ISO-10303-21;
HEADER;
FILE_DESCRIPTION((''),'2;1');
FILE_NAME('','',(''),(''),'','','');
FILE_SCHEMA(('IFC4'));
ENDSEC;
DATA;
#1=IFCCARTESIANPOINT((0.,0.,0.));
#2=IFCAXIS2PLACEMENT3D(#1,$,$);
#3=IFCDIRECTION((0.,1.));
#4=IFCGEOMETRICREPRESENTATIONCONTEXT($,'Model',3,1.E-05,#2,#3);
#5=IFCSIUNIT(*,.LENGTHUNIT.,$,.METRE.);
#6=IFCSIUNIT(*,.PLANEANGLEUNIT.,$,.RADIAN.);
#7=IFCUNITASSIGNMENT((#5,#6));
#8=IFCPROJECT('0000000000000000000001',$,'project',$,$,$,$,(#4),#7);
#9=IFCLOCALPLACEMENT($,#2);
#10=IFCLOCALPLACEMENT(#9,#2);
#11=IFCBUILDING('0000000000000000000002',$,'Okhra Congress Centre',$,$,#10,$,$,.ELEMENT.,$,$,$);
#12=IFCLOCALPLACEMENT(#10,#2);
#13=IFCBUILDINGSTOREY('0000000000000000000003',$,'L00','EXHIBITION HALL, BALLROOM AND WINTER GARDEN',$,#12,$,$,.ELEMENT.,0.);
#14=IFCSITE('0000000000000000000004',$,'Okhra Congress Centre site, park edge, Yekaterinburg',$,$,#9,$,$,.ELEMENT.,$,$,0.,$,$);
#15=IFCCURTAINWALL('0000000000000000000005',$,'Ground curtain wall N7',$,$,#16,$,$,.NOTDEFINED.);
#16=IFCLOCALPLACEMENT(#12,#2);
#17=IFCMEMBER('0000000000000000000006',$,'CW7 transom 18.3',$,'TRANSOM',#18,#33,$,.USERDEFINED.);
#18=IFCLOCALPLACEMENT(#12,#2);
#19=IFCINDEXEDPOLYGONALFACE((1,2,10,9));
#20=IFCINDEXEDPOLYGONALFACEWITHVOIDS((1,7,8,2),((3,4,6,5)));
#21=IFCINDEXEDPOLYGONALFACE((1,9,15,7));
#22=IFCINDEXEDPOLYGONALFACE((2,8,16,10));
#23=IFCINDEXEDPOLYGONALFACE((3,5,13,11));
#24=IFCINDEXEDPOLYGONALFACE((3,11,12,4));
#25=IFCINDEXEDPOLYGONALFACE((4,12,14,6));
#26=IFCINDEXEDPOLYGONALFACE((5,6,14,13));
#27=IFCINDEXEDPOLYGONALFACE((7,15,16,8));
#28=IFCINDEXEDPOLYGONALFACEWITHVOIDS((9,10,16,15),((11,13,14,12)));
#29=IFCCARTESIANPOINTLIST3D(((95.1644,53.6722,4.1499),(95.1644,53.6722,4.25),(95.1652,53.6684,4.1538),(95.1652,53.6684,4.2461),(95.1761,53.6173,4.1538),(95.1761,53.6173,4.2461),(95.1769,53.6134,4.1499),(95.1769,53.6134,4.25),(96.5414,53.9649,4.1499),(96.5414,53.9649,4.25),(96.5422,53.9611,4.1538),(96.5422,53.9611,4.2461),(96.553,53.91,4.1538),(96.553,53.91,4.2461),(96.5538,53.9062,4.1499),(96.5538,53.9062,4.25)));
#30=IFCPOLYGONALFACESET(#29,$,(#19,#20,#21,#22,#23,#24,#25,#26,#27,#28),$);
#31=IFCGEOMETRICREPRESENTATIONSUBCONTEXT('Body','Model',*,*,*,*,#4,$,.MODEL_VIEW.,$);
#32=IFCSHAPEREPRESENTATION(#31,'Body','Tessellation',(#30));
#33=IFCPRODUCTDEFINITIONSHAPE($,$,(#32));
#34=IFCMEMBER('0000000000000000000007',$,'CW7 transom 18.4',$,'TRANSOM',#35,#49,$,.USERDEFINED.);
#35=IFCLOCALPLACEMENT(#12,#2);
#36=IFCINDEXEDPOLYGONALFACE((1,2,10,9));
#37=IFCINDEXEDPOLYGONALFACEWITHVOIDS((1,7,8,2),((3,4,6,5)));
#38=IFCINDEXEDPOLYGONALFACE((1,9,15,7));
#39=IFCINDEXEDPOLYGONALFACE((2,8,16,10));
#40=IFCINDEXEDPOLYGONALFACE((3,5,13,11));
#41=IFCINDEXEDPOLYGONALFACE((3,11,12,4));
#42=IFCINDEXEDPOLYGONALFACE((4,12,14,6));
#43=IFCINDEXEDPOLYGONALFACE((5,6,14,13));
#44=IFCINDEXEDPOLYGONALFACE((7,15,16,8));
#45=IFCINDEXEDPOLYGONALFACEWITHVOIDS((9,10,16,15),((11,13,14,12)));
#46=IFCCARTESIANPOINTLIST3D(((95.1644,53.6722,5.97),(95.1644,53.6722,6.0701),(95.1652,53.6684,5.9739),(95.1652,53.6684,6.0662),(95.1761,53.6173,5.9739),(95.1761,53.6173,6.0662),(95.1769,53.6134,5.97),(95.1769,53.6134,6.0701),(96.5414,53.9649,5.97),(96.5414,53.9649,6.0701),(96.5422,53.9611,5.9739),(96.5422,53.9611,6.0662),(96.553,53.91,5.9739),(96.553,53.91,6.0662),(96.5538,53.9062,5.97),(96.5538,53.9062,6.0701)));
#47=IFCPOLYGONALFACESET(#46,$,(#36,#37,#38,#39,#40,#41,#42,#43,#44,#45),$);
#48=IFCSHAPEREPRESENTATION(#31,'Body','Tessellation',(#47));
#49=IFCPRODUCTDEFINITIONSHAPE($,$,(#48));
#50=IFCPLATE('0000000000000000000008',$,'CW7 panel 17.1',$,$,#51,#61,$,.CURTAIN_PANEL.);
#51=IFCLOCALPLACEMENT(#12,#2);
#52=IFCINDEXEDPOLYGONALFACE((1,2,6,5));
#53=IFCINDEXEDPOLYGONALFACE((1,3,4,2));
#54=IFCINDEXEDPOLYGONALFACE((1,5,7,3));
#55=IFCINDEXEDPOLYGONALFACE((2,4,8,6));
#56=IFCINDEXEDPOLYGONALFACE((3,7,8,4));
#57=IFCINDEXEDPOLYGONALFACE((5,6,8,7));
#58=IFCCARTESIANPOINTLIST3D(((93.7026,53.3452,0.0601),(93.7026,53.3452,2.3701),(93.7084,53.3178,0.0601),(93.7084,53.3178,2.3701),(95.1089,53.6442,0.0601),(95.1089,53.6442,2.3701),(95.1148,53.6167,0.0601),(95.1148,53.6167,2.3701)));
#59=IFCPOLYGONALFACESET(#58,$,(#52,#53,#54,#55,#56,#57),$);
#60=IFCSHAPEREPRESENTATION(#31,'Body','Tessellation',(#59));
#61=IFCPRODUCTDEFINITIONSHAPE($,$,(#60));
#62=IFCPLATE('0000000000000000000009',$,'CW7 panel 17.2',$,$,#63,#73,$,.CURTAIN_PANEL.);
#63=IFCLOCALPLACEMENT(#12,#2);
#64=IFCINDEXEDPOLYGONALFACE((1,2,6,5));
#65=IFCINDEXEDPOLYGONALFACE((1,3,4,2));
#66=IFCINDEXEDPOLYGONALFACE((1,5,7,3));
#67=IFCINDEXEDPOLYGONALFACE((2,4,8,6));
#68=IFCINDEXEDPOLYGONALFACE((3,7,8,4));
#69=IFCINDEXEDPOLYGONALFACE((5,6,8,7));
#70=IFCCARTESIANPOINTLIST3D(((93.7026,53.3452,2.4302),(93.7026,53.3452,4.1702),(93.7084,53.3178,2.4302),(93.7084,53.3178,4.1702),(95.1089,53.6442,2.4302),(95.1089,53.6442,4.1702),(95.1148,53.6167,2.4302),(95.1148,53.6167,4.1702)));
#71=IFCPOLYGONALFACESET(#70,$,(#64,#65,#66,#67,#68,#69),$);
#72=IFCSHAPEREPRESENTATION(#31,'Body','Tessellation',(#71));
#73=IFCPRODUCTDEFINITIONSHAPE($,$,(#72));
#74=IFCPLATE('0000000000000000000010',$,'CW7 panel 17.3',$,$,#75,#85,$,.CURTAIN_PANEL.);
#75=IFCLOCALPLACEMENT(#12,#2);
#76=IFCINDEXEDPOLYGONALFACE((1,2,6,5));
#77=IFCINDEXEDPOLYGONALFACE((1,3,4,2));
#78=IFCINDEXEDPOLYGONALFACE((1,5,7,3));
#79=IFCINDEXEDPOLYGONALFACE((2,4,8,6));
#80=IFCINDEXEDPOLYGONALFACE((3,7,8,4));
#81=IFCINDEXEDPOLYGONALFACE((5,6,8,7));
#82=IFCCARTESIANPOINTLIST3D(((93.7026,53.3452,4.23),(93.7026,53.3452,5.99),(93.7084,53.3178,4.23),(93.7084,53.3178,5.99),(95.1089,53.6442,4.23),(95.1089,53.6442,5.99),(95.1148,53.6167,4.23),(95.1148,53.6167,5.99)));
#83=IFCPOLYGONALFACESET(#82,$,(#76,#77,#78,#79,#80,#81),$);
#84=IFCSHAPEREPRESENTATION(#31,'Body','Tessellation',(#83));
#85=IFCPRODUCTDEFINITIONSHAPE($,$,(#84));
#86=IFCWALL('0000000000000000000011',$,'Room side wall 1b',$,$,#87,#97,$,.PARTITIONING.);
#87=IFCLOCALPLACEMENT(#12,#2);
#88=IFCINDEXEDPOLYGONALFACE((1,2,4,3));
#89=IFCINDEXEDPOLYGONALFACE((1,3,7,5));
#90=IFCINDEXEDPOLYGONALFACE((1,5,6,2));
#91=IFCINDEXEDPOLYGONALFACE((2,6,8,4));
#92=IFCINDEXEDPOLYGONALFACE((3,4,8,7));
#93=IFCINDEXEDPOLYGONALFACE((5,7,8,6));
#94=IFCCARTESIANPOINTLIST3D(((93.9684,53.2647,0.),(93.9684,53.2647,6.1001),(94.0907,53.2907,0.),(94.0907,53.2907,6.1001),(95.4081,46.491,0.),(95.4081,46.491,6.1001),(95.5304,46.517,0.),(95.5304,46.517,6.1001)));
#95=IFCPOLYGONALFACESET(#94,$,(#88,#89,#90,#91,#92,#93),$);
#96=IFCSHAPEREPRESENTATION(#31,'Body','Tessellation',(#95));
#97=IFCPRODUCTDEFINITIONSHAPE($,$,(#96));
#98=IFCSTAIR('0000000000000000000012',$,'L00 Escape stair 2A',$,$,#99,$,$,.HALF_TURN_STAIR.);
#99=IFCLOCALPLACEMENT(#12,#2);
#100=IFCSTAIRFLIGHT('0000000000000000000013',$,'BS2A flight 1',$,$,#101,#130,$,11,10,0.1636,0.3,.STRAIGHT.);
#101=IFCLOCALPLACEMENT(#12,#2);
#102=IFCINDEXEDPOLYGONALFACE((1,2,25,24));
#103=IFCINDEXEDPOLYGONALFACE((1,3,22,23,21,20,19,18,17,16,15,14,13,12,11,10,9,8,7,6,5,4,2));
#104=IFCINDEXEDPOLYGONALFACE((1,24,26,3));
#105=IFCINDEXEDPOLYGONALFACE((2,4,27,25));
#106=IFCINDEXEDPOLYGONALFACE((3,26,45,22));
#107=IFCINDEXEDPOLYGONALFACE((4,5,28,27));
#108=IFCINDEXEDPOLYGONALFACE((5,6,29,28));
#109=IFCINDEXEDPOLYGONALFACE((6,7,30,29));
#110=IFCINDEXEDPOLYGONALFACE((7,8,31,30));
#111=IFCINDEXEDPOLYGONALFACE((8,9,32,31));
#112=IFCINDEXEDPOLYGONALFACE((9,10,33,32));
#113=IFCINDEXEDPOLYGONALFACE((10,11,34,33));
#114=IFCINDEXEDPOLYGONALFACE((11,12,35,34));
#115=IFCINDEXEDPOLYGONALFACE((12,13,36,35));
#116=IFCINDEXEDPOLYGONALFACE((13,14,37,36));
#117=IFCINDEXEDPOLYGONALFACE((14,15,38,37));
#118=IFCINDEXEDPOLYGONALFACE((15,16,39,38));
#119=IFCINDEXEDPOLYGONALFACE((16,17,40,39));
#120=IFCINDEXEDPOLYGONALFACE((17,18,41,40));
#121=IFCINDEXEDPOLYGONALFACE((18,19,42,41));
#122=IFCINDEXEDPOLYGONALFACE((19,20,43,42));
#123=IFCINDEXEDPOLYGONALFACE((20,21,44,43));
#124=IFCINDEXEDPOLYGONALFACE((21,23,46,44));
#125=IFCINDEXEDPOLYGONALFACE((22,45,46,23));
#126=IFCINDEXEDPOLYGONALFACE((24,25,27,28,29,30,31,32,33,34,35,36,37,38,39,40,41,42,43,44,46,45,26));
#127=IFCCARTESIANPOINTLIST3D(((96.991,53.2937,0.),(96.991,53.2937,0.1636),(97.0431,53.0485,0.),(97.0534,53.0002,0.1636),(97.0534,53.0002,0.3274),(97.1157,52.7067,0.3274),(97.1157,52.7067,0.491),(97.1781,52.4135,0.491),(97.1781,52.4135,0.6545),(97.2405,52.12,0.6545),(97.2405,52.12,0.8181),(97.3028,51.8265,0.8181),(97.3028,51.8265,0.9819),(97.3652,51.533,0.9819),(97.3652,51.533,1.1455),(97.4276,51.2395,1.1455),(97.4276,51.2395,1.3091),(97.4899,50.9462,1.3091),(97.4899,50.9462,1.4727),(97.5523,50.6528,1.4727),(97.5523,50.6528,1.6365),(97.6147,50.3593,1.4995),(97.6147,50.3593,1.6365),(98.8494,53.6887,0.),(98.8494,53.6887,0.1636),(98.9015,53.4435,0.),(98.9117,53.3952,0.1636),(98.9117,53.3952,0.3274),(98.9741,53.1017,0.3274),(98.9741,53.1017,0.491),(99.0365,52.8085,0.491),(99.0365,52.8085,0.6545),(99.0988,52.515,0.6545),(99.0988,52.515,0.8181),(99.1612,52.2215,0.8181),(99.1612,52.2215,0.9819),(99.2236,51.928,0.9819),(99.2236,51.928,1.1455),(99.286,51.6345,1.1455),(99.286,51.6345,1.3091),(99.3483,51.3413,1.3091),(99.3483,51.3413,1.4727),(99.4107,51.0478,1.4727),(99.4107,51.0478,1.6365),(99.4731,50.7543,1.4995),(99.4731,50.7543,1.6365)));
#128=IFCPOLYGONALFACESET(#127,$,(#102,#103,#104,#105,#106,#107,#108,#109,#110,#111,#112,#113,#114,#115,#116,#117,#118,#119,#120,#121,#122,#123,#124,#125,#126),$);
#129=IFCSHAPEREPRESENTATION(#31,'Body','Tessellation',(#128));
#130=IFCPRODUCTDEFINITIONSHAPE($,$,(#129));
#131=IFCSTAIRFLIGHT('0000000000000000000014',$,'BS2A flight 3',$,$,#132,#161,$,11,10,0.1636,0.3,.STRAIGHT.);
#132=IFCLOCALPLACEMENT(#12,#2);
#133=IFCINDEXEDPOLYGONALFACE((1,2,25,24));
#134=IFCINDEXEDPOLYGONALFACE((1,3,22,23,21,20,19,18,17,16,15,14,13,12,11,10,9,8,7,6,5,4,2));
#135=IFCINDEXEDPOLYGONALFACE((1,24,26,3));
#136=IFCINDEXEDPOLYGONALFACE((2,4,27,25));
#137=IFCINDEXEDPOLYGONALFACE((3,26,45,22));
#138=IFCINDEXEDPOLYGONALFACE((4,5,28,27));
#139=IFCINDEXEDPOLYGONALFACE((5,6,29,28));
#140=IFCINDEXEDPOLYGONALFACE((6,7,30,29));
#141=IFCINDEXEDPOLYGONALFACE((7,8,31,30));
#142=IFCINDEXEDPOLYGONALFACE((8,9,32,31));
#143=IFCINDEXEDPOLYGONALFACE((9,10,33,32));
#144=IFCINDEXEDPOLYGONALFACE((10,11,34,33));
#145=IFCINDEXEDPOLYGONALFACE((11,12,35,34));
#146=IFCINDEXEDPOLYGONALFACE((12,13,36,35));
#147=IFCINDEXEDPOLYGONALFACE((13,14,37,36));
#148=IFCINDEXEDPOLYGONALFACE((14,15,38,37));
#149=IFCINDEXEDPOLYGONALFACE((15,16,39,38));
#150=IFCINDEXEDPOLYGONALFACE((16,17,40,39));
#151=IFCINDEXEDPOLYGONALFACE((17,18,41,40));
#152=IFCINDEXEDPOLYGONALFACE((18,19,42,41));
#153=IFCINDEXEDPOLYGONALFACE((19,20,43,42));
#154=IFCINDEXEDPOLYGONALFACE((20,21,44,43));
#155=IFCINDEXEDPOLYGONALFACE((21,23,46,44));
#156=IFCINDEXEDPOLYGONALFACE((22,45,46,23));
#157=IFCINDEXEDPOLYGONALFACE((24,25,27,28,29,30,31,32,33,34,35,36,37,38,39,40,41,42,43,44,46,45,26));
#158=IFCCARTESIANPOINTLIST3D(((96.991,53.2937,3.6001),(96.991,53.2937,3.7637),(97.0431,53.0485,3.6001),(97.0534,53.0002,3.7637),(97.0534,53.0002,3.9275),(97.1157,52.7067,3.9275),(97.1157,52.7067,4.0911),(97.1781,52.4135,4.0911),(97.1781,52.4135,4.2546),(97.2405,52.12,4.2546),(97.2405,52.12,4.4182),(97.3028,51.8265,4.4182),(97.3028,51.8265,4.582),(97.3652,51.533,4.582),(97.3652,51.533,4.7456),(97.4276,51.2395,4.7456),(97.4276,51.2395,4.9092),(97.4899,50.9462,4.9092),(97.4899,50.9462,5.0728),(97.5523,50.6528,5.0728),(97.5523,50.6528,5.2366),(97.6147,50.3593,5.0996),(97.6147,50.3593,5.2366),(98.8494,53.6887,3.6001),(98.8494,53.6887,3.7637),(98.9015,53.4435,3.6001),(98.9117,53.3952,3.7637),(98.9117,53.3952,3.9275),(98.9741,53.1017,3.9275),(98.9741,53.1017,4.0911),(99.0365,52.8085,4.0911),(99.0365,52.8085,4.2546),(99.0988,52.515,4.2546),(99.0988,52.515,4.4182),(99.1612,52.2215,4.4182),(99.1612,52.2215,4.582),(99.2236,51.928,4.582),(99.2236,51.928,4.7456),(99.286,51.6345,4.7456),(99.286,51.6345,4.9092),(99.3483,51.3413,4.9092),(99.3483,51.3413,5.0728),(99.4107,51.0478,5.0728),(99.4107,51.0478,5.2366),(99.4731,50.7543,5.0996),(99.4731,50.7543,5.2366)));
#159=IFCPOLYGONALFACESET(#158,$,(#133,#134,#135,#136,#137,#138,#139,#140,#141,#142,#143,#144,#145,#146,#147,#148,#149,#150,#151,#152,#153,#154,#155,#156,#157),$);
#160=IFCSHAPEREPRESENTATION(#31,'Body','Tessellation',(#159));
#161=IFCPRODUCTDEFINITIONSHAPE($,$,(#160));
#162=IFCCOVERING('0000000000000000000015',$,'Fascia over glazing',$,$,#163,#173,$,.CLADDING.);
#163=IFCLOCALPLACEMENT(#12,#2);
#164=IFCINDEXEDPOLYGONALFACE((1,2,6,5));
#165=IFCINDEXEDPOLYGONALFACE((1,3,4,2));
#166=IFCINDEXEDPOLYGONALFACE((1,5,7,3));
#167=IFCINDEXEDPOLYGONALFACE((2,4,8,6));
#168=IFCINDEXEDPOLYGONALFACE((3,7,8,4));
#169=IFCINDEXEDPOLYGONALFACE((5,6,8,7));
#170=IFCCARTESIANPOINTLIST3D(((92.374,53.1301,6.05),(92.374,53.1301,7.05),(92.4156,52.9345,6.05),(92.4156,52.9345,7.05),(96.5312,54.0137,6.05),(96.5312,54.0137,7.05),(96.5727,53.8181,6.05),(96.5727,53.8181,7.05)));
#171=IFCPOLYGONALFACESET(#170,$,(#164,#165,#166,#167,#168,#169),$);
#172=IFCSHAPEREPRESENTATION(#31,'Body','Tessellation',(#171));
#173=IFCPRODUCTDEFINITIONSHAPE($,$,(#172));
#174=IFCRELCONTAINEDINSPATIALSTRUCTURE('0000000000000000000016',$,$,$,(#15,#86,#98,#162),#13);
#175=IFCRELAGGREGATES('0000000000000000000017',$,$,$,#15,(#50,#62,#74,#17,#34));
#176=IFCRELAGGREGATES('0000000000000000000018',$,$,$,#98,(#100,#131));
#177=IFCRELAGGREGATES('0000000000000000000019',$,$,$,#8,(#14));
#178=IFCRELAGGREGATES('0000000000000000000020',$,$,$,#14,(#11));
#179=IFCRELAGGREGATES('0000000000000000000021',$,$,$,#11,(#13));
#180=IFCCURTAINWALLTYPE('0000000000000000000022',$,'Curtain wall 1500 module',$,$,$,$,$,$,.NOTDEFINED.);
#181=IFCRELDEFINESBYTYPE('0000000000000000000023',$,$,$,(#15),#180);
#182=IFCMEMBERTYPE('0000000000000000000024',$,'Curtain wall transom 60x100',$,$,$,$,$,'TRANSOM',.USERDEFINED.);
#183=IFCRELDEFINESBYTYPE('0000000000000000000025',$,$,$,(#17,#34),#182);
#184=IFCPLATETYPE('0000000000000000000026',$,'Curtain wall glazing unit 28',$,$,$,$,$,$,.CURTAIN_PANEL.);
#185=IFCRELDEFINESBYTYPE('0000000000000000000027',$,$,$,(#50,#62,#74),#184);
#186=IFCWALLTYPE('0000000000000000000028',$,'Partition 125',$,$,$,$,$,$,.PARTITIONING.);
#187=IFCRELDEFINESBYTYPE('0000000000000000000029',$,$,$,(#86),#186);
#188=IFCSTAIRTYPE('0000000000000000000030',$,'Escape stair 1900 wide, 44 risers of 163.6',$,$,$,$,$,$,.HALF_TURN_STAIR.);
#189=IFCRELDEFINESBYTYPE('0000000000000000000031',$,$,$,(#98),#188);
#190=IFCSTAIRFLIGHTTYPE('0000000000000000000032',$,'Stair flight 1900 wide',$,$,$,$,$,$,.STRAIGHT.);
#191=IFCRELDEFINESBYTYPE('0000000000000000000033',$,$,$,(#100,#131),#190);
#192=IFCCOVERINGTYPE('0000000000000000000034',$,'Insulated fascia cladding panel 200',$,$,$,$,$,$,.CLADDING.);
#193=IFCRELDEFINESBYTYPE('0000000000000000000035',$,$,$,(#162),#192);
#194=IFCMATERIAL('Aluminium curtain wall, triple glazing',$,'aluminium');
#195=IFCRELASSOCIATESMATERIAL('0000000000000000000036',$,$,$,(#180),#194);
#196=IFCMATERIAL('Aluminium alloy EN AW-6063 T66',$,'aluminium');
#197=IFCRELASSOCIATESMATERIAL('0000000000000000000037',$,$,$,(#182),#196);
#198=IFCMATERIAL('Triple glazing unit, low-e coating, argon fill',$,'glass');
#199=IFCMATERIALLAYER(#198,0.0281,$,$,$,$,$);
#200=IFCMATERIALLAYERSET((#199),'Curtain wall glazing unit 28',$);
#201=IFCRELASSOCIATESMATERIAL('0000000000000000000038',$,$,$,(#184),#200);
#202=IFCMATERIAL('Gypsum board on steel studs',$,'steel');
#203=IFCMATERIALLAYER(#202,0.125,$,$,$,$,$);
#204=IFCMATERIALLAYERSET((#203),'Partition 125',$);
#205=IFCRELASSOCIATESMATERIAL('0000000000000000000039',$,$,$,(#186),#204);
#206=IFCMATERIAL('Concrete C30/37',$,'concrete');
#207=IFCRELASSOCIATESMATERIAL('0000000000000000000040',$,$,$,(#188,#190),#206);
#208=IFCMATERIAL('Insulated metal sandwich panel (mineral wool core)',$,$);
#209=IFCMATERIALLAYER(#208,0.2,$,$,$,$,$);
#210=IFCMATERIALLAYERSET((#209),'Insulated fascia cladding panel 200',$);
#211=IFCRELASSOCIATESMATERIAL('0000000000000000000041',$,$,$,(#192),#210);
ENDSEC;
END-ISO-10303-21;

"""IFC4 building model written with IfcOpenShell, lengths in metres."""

from ifc_helpers import new_model, si_unit, direction, frame, frame_2d, origin, origin_2d, place, context, subcontext, project, spatial, polyline, rectangle, hollow_rectangle, outline, extrude, material, layer, layer_set, material_profile, profile_set, type_object, element, aggregate, save


model = new_model("IFC4")

# Units and contexts
model_context = context("Model", 3, precision=1e-05, world=origin(), true_north=direction((0.0, 1.0)))
body_context = subcontext(model_context, "Body", "Model", "MODEL_VIEW")
ifc_project = project(units=[si_unit("LENGTHUNIT", "METRE"), si_unit("PLANEANGLEUNIT", "RADIAN")], contexts=[model_context])

# Site, building, storey
site_placement = place(None, origin())
site = spatial("IfcSite", under=ifc_project, at=site_placement, Name="Okhra Congress Centre site, park edge, Yekaterinburg", CompositionType="ELEMENT", RefElevation=0.0)
building_placement = place(site_placement, origin())
building = spatial("IfcBuilding", under=site, at=building_placement, Name="Okhra Congress Centre", CompositionType="ELEMENT")
storey_placement = place(building_placement, origin())
storey = spatial("IfcBuildingStorey", under=building, at=storey_placement, Name="L00", Description="EXHIBITION HALL, BALLROOM AND WINTER GARDEN", CompositionType="ELEMENT", Elevation=0.0)

# Shared definitions
ifc_material_1 = material(Name="Concrete C30/37", Category="concrete")

# Curtain wall, members, plates
ifc_material_2 = material(Name="Aluminium curtain wall, triple glazing", Category="aluminium")
curtain_wall_type = type_object("IfcCurtainWallType", Name="Curtain wall 1500 module", PredefinedType="NOTDEFINED", material=ifc_material_2)
curtain_wall_placement = place(storey_placement, origin())
curtain_wall = element("IfcCurtainWall", 1, at=curtain_wall_placement, inside=storey, type_object=curtain_wall_type, Name="Ground curtain wall N7", PredefinedType="NOTDEFINED")
ifc_material_3 = material(Name="Aluminium alloy EN AW-6063 T66", Category="aluminium")
ifc_material_profile_1 = material_profile(ifc_material_3, hollow_rectangle(XDim=0.0601, YDim=0.1001, WallThickness=0.0039, at=origin_2d()), Name="RHS 60x100x4")
ifc_profile_set_1 = profile_set([ifc_material_profile_1], Name="Aluminium alloy EN AW-6063 T66")
member_type_1 = type_object("IfcMemberType", Name="Curtain wall transom 60x100", ElementType="TRANSOM", PredefinedType="USERDEFINED", material=ifc_profile_set_1)
member_1_placement = place(storey_placement, frame((95.1707, 53.6428, 4.2), z_axis=(0.978141, 0.207942, 0.0), x_axis=(-0.207942, 0.978141, 0.0)))
member_1 = element("IfcMember", 2, at=member_1_placement, type_object=member_type_1, Name="CW7 transom 18.3", ObjectType="TRANSOM", PredefinedType="USERDEFINED", context=body_context, shape_type="SweptSolid", body=[
    extrude(hollow_rectangle(XDim=0.0601, YDim=0.1001, WallThickness=0.0039, at=origin_2d()), origin(), (0.0, 0.0, 1.0), 1.4077),
])
member_2_placement = place(storey_placement, frame((95.1707, 53.6428, 6.02), z_axis=(0.978141, 0.207942, 0.0), x_axis=(-0.207942, 0.978141, 0.0)))
member_2 = element("IfcMember", 3, at=member_2_placement, type_object=member_type_1, Name="CW7 transom 18.4", ObjectType="TRANSOM", PredefinedType="USERDEFINED", context=body_context, shape_type="SweptSolid", body=[
    extrude(hollow_rectangle(XDim=0.0601, YDim=0.1001, WallThickness=0.0039, at=origin_2d()), origin(), (0.0, 0.0, 1.0), 1.4077),
])
ifc_material_4 = material(Name="Triple glazing unit, low-e coating, argon fill", Category="glass")
ifc_layer_1 = layer(ifc_material_4, 0.0281)
ifc_layer_set_1 = layer_set([ifc_layer_1], Name="Curtain wall glazing unit 28")
plate_type = type_object("IfcPlateType", Name="Curtain wall glazing unit 28", PredefinedType="CURTAIN_PANEL", material=ifc_layer_set_1)
plate_1_placement = place(storey_placement, frame((94.4087, 53.481, 0.0601), z_axis=(0.0, 0.0, 1.0), x_axis=(0.978148, 0.207912, 0.0)))
plate_1 = element("IfcPlate", 4, at=plate_1_placement, type_object=plate_type, Name="CW7 panel 17.1", PredefinedType="CURTAIN_PANEL", context=body_context, shape_type="SweptSolid", body=[
    extrude(rectangle(XDim=1.4377, YDim=0.0281, at=origin_2d()), origin(), (0.0, 0.0, 1.0), 2.3101),
])
plate_2_placement = place(storey_placement, frame((94.4087, 53.481, 2.4302), z_axis=(0.0, 0.0, 1.0), x_axis=(0.978148, 0.207912, 0.0)))
plate_2 = element("IfcPlate", 5, at=plate_2_placement, type_object=plate_type, Name="CW7 panel 17.2", PredefinedType="CURTAIN_PANEL", context=body_context, shape_type="SweptSolid", body=[
    extrude(rectangle(XDim=1.4377, YDim=0.0281, at=origin_2d()), origin(), (0.0, 0.0, 1.0), 1.74),
])
plate_3_placement = place(storey_placement, frame((94.4087, 53.481, 4.23), z_axis=(0.0, 0.0, 1.0), x_axis=(0.978148, 0.207912, 0.0)))
plate_3 = element("IfcPlate", 6, at=plate_3_placement, type_object=plate_type, Name="CW7 panel 17.3", PredefinedType="CURTAIN_PANEL", context=body_context, shape_type="SweptSolid", body=[
    extrude(rectangle(XDim=1.4377, YDim=0.0281, at=origin_2d()), origin(), (0.0, 0.0, 1.0), 1.76),
])
aggregate(curtain_wall, [plate_1, plate_2, plate_3, member_1, member_2])

# Wall
ifc_material_5 = material(Name="Gypsum board on steel studs", Category="steel")
ifc_layer_2 = layer(ifc_material_5, 0.125)
ifc_layer_set_2 = layer_set([ifc_layer_2], Name="Partition 125")
wall_type = type_object("IfcWallType", Name="Partition 125", PredefinedType="PARTITIONING", material=ifc_layer_set_2)
wall_placement = place(storey_placement, frame((94.0295, 53.2776, 0.0), z_axis=(0.0, 0.0, 1.0), x_axis=(0.207899, -0.97815, 0.0)))
element("IfcWall", 7, at=wall_placement, inside=storey, type_object=wall_type, Name="Room side wall 1b", PredefinedType="PARTITIONING", context=body_context, shape_type="SweptSolid", body=[
    extrude(rectangle(XDim=6.925, YDim=0.125, at=frame_2d((3.4624, 0.0))), origin(), (0.0, 0.0, 1.0), 6.1001),
])

# Stair, stair flights
stair_type = type_object("IfcStairType", Name="Escape stair 1900 wide, 44 risers of 163.6", PredefinedType="HALF_TURN_STAIR", material=ifc_material_1)
stair_placement = place(storey_placement, origin())
stair = element("IfcStair", 8, at=stair_placement, inside=storey, type_object=stair_type, Name="L00 Escape stair 2A", PredefinedType="HALF_TURN_STAIR")
stair_flight_type = type_object("IfcStairFlightType", Name="Stair flight 1900 wide", PredefinedType="STRAIGHT", material=ifc_material_1)
stair_flight_1_placement = place(storey_placement, frame((97.9202, 53.4912, 0.0), z_axis=(0.0, 0.0, 1.0), x_axis=(0.207912, -0.978148, 0.0)))
stair_flight_1 = element("IfcStairFlight", 9, at=stair_flight_1_placement, type_object=stair_flight_type, Name="BS2A flight 1", NumberOfRisers=11, NumberOfTreads=10, PredefinedType="STRAIGHT", RiserHeight=0.1636, TreadLength=0.3, context=body_context, shape_type="SweptSolid", body=[
    extrude(outline(polyline([(0.0, 0.0), (0.0, 0.1636), (0.3, 0.1636), (0.3, 0.3274), (0.6001, 0.3274), (0.6001, 0.491), (0.8999, 0.491), (0.8999, 0.6545), (1.2, 0.6545), (1.2, 0.8181), (1.5, 0.8181), (1.5, 0.9819), (1.8, 0.9819), (1.8, 1.1455), (2.1001, 1.1455), (2.1001, 1.3091), (2.3999, 1.3091), (2.3999, 1.4727), (2.7, 1.4727), (2.7, 1.6365), (3.0, 1.6365), (3.0, 1.8), (3.0, 1.4995), (0.2507, 0.0), (0.0, 0.0)])), frame((0.0, 0.95, 0.0), z_axis=(0.0, -1.0, 0.0), x_axis=(1.0, 0.0, 0.0)), (0.0, 0.0, 1.0), 1.8999),
])
stair_flight_2_placement = place(storey_placement, frame((97.9202, 53.4912, 3.6001), z_axis=(0.0, 0.0, 1.0), x_axis=(0.207912, -0.978148, 0.0)))
stair_flight_2 = element("IfcStairFlight", 10, at=stair_flight_2_placement, type_object=stair_flight_type, Name="BS2A flight 3", NumberOfRisers=11, NumberOfTreads=10, PredefinedType="STRAIGHT", RiserHeight=0.1636, TreadLength=0.3, context=body_context, shape_type="SweptSolid", body=[
    extrude(outline(polyline([(0.0, 0.0), (0.0, 0.1636), (0.3, 0.1636), (0.3, 0.3274), (0.6001, 0.3274), (0.6001, 0.491), (0.8999, 0.491), (0.8999, 0.6545), (1.2, 0.6545), (1.2, 0.8181), (1.5, 0.8181), (1.5, 0.9819), (1.8, 0.9819), (1.8, 1.1455), (2.1001, 1.1455), (2.1001, 1.3091), (2.3999, 1.3091), (2.3999, 1.4727), (2.7, 1.4727), (2.7, 1.6365), (3.0, 1.6365), (3.0, 1.8), (3.0, 1.4995), (0.2507, 0.0), (0.0, 0.0)])), frame((0.0, 0.95, 0.0), z_axis=(0.0, -1.0, 0.0), x_axis=(1.0, 0.0, 0.0)), (0.0, 0.0, 1.0), 1.8999),
])
aggregate(stair, [stair_flight_1, stair_flight_2])

# Covering
ifc_material_6 = material(Name="Insulated metal sandwich panel (mineral wool core)")
ifc_layer_3 = layer(ifc_material_6, 0.2)
ifc_layer_set_3 = layer_set([ifc_layer_3], Name="Insulated fascia cladding panel 200")
covering_type = type_object("IfcCoveringType", Name="Insulated fascia cladding panel 200", PredefinedType="CLADDING", material=ifc_layer_set_3)
covering_placement = place(storey_placement, frame((94.4734, 53.4741, 6.05), z_axis=(0.0, 0.0, 1.0), x_axis=(0.978148, 0.207912, 0.0)))
element("IfcCovering", 11, at=covering_placement, inside=storey, type_object=covering_type, Name="Fascia over glazing", PredefinedType="CLADDING", context=body_context, shape_type="SweptSolid", body=[
    extrude(rectangle(XDim=4.25, YDim=0.2, at=origin_2d()), origin(), (0.0, 0.0, 1.0), 1.0),
])

save(model, "model.ifc")
